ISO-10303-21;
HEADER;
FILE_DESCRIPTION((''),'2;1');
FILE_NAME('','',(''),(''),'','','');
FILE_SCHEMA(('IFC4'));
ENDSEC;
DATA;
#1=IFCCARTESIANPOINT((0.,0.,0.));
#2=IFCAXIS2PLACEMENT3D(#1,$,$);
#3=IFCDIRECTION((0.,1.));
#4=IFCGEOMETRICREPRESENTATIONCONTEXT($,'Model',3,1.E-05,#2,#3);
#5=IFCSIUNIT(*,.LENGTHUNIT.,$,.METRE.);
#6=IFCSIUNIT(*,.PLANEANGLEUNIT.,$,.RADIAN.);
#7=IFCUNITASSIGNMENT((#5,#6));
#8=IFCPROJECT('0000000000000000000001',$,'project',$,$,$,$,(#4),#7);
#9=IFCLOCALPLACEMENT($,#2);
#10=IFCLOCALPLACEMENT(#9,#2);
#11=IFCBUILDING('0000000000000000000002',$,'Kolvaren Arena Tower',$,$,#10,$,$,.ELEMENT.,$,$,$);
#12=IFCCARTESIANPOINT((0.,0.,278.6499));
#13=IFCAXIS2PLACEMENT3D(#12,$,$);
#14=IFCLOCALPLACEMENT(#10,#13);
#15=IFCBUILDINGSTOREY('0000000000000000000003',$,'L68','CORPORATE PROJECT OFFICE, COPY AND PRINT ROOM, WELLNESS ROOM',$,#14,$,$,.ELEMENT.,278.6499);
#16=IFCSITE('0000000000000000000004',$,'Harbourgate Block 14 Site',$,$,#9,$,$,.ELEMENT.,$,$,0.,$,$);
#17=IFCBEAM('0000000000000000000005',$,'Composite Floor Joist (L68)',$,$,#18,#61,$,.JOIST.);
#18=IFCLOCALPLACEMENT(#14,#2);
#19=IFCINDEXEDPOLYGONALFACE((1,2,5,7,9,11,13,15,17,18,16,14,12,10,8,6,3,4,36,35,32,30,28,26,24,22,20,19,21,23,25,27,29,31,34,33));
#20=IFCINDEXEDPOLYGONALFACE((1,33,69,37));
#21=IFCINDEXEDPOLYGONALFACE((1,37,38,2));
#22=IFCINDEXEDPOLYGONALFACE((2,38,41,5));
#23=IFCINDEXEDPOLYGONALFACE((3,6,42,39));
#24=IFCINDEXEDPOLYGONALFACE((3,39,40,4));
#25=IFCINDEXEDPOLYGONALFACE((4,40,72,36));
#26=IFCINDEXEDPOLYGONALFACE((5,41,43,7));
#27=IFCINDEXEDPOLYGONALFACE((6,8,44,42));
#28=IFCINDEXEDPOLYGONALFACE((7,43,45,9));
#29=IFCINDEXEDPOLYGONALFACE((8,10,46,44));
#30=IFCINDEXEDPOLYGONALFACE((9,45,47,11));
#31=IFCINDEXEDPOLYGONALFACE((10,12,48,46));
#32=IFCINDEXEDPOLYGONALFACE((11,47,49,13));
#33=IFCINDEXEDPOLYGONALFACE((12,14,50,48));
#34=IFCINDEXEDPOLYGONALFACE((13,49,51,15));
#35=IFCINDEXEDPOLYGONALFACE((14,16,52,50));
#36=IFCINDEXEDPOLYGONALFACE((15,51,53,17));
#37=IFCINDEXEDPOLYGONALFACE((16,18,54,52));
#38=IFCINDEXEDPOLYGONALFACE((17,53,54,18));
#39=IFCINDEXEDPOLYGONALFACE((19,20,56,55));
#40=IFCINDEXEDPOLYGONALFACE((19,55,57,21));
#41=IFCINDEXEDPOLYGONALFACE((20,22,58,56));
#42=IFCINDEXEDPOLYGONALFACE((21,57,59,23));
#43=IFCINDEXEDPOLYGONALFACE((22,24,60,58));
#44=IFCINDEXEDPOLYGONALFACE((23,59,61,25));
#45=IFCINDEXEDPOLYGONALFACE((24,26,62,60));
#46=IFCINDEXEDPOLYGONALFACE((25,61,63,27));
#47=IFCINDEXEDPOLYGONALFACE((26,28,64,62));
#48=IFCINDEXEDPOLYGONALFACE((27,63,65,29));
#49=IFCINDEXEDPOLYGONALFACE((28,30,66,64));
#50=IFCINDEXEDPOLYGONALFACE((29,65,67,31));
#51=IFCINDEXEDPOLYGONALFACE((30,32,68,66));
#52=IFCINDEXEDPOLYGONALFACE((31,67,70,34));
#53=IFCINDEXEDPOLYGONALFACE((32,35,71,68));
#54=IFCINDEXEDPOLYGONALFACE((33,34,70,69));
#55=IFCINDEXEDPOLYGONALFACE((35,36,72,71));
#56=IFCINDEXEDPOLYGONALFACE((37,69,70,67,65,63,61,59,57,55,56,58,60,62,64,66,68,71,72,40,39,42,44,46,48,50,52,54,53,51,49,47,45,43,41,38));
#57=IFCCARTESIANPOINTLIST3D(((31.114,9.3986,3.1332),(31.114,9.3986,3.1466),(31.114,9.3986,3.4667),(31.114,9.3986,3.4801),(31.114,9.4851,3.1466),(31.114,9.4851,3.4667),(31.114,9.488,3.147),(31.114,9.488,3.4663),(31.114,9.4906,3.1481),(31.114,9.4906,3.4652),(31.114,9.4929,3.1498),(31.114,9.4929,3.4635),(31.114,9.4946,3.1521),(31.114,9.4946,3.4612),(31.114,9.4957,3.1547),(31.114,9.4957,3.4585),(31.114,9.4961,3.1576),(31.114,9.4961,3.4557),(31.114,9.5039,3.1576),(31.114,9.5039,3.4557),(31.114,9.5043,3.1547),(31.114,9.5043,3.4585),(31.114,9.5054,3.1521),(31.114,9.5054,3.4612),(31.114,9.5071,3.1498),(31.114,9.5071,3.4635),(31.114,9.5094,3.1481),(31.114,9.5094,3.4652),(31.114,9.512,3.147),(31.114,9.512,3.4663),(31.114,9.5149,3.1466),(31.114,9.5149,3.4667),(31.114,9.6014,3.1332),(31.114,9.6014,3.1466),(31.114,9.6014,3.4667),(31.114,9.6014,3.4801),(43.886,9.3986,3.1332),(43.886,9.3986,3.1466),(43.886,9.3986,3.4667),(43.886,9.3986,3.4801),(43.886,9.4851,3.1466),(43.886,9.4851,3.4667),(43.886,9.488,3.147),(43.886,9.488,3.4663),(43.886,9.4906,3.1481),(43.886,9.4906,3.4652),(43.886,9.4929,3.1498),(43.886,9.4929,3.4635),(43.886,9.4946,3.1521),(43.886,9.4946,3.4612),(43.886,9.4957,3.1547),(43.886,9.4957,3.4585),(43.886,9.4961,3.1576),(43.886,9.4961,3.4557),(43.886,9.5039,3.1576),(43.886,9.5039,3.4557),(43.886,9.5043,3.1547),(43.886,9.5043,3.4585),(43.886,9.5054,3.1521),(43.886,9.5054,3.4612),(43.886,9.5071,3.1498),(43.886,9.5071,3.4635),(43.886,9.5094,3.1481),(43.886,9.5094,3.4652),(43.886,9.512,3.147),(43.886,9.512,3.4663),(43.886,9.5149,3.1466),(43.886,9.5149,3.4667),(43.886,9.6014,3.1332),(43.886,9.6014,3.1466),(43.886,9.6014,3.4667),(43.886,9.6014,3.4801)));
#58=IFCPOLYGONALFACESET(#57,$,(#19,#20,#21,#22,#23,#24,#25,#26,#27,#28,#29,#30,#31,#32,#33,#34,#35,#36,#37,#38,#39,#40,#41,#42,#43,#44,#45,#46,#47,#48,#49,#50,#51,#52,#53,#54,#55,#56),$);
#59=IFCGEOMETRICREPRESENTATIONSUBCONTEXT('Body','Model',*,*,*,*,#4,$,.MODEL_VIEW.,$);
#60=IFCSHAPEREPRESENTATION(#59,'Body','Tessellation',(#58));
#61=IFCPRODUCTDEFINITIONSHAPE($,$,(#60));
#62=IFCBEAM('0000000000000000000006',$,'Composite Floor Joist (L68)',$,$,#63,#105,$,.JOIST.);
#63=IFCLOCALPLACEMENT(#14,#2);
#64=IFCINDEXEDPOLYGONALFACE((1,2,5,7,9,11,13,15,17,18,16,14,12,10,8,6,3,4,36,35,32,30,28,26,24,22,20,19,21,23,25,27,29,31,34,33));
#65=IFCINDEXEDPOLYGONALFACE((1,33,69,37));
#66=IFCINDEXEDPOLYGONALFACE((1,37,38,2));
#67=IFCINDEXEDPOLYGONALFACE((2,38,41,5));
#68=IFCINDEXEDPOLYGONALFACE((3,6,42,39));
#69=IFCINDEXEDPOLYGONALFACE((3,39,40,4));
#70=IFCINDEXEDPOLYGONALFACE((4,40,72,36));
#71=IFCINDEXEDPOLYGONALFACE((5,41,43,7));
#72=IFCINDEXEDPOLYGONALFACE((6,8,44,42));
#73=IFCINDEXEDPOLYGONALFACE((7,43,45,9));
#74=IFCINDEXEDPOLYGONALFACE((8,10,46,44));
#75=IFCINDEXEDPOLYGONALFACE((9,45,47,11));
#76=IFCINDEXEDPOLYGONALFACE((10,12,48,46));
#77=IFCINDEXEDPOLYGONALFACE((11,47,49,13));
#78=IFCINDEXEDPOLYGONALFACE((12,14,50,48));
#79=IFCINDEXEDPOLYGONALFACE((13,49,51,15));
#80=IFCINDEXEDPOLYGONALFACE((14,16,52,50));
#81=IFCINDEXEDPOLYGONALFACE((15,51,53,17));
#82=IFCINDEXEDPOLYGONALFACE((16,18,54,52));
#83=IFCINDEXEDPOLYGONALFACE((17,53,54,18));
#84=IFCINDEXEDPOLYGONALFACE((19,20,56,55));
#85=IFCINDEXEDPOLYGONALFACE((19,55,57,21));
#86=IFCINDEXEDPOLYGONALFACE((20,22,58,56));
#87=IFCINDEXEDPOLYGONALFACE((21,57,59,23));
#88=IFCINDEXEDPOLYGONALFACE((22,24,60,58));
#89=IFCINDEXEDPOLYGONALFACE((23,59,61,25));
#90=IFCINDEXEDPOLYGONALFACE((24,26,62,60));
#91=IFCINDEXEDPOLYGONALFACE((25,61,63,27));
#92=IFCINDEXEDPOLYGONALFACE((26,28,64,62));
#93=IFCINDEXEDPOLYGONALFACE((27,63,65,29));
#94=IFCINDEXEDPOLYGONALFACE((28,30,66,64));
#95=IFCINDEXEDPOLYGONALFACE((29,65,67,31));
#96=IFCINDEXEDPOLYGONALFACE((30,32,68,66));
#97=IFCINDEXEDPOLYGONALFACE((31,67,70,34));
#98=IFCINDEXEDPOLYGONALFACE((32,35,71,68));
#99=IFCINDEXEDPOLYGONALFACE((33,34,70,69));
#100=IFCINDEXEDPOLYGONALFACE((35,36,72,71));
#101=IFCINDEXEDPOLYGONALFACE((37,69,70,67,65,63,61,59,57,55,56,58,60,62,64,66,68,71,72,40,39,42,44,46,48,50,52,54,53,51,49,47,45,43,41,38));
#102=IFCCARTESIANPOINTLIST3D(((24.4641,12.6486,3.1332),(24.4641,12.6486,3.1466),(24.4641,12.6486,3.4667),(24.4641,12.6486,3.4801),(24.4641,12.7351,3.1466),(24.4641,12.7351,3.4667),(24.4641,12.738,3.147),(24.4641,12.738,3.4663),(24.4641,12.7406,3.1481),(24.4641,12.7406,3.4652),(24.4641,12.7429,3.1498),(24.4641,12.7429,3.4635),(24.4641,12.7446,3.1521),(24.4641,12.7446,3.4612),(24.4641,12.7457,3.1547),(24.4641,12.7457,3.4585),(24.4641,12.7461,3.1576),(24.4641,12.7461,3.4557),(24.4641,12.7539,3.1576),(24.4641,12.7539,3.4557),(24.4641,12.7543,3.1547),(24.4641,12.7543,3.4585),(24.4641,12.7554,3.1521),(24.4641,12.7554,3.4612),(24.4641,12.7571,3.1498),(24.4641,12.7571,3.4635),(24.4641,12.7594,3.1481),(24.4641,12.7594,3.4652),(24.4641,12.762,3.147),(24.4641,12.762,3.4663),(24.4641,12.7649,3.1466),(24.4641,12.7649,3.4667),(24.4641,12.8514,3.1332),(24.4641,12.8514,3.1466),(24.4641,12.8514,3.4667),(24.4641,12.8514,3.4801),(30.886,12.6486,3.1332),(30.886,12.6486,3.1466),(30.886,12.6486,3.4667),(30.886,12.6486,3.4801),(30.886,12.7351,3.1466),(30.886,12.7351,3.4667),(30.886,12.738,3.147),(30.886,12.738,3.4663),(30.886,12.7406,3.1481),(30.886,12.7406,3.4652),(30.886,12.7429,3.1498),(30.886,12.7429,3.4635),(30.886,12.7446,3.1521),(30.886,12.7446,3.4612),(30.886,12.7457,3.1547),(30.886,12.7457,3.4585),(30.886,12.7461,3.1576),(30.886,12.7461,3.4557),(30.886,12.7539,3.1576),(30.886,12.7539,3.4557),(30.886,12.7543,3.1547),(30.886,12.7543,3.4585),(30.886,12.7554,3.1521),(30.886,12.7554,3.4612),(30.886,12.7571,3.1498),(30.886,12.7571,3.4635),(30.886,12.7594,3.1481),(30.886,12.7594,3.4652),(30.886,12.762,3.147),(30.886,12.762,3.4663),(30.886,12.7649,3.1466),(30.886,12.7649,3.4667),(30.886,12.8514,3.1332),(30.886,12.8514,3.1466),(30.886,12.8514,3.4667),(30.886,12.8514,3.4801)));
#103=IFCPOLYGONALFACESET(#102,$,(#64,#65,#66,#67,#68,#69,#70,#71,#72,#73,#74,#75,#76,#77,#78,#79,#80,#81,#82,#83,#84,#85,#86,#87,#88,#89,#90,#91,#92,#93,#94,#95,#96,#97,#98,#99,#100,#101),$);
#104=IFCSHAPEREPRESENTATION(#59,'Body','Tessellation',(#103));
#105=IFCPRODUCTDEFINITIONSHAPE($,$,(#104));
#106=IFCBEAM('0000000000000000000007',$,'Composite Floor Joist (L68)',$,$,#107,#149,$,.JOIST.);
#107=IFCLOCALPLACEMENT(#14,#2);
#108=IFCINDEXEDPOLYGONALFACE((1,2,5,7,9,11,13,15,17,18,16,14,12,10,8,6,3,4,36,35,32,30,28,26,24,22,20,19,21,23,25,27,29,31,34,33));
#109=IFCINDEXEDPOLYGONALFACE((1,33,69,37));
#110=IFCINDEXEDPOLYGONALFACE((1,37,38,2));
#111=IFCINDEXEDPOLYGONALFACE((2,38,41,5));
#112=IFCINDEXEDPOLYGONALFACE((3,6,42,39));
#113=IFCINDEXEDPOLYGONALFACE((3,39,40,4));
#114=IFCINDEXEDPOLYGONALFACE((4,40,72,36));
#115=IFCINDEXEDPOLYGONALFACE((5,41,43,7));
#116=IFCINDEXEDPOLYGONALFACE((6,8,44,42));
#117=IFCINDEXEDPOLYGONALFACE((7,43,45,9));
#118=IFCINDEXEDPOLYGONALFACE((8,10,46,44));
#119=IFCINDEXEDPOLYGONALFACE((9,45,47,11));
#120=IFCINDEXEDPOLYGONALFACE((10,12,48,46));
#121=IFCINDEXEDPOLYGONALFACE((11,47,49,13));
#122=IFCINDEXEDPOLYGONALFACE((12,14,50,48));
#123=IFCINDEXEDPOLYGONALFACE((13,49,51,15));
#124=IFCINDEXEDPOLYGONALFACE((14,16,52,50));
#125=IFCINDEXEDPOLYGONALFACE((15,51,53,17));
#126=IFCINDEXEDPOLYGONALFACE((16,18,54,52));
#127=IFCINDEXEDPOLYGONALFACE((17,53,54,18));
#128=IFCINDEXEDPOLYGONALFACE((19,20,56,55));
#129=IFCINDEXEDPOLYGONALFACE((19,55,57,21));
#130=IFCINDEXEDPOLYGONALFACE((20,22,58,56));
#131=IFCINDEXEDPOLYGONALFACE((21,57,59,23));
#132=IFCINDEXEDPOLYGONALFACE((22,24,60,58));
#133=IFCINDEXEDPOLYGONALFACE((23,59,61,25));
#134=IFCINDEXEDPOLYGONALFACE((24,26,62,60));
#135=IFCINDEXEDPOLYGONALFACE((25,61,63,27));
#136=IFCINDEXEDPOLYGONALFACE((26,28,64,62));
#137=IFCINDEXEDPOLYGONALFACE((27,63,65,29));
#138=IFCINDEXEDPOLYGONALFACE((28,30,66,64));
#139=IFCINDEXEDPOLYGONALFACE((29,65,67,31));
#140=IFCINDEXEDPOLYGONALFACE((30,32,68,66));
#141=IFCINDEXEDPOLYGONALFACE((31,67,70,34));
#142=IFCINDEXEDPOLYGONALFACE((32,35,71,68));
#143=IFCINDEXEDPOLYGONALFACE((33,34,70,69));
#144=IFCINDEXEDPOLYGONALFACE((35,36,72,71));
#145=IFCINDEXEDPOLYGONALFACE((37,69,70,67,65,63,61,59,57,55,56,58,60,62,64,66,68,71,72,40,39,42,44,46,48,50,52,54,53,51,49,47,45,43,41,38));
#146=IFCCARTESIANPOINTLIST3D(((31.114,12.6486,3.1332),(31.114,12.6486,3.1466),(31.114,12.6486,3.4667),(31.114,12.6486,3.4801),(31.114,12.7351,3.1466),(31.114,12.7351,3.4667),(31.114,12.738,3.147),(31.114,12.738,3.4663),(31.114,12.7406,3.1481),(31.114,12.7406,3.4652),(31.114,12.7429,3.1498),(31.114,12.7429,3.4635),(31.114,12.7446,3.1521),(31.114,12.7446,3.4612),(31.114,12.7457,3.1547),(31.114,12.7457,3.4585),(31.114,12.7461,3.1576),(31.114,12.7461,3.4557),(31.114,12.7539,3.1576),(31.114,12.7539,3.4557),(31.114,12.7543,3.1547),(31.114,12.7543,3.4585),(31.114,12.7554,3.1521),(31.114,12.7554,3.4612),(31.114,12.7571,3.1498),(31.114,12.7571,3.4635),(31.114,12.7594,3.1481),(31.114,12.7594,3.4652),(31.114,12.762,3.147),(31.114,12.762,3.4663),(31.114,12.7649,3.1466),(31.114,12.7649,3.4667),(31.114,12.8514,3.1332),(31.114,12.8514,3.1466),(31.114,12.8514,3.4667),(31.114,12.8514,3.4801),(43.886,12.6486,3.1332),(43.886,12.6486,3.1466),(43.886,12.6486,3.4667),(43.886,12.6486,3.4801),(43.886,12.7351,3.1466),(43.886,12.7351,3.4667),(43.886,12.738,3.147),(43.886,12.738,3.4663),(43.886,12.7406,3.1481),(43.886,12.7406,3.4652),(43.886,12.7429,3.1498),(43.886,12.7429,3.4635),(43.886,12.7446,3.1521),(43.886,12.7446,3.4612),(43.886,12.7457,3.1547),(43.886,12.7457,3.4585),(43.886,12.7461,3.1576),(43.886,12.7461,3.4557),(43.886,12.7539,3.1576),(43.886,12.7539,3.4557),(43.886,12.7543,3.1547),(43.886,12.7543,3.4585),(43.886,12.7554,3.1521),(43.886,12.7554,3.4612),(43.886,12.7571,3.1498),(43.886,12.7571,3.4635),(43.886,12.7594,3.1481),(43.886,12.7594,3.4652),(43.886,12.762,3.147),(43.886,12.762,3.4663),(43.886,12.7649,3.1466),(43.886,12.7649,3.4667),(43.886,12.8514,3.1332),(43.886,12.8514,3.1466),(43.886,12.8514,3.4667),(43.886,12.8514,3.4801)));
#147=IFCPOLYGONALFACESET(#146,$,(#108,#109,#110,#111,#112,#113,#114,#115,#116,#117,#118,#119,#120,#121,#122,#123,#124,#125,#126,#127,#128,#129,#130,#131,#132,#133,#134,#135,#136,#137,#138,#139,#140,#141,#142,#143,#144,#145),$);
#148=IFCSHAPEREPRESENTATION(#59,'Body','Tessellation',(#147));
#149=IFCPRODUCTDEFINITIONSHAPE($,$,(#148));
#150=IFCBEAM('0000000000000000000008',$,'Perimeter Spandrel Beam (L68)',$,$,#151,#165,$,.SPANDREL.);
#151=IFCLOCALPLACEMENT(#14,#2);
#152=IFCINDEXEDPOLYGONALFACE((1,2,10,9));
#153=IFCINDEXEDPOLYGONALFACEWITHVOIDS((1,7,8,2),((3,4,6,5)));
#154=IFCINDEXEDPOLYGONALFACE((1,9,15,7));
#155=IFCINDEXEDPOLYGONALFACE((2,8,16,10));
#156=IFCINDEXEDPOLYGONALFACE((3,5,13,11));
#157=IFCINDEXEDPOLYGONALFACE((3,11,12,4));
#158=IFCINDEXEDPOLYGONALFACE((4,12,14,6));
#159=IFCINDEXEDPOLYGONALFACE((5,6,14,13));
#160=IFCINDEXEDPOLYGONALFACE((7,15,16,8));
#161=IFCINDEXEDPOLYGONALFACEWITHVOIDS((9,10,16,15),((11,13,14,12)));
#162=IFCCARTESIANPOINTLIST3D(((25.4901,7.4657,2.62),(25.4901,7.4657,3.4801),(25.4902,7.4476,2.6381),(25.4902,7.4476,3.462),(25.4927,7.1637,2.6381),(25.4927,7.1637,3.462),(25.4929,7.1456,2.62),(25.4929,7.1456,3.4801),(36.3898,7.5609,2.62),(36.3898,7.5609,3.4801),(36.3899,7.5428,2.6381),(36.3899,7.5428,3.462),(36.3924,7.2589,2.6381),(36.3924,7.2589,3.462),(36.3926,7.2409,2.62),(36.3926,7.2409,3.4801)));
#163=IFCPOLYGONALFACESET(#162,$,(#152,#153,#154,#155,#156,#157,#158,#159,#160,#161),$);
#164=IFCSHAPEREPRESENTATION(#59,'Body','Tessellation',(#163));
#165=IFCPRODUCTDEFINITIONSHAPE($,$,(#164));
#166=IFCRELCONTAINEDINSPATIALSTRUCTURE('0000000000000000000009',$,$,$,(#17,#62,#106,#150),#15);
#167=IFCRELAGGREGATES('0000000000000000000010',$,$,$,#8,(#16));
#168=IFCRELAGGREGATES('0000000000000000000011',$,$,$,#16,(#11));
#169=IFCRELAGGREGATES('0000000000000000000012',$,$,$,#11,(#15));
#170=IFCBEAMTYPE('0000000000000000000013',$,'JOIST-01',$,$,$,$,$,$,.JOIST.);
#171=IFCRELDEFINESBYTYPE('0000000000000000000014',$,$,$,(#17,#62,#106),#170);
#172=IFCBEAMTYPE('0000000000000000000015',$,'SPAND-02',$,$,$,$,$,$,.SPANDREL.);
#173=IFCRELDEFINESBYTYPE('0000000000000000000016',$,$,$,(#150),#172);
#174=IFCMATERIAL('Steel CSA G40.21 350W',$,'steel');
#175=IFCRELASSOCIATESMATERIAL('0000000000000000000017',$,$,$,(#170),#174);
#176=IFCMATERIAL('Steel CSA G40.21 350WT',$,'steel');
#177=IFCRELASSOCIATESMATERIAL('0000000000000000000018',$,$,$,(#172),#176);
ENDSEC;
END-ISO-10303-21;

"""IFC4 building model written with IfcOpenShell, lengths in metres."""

from ifc_helpers import new_model, si_unit, direction, frame, origin, origin_2d, place, context, subcontext, project, spatial, hollow_rectangle, i_section, extrude, material, material_profile, profile_set, type_object, element, save


model = new_model("IFC4")

# Units and contexts
model_context = context("Model", 3, precision=1e-05, world=origin(), true_north=direction((0.0, 1.0)))
body_context = subcontext(model_context, "Body", "Model", "MODEL_VIEW")
ifc_project = project(units=[si_unit("LENGTHUNIT", "METRE"), si_unit("PLANEANGLEUNIT", "RADIAN")], contexts=[model_context])

# Site, building, storey
site_placement = place(None, origin())
site = spatial("IfcSite", under=ifc_project, at=site_placement, Name="Harbourgate Block 14 Site", CompositionType="ELEMENT", RefElevation=0.0)
building_placement = place(site_placement, origin())
building = spatial("IfcBuilding", under=site, at=building_placement, Name="Kolvaren Arena Tower", CompositionType="ELEMENT")
storey_placement = place(building_placement, frame((0.0, 0.0, 278.6499)))
storey = spatial("IfcBuildingStorey", under=building, at=storey_placement, Name="L68", Description="CORPORATE PROJECT OFFICE, COPY AND PRINT ROOM, WELLNESS ROOM", CompositionType="ELEMENT", Elevation=278.6499)

# Beams
ifc_material_1 = material(Name="Steel CSA G40.21 350W", Category="steel")
ifc_material_profile_1 = material_profile(ifc_material_1, i_section(OverallWidth=0.2029, OverallDepth=0.3469, WebThickness=0.0078, FlangeThickness=0.0134, FilletRadius=0.011, at=origin_2d()), Name="W360x64")
ifc_profile_set_1 = profile_set([ifc_material_profile_1], Name="Steel CSA G40.21 350W")
beam_type_1 = type_object("IfcBeamType", Name="JOIST-01", PredefinedType="JOIST", material=ifc_profile_set_1)
beam_1_placement = place(storey_placement, frame((31.114, 9.5, 3.3066), z_axis=(1.0, 0.0, 0.0), x_axis=(0.0, 1.0, 0.0)))
element("IfcBeam", 1, at=beam_1_placement, inside=storey, type_object=beam_type_1, Name="Composite Floor Joist (L68)", PredefinedType="JOIST", context=body_context, shape_type="SweptSolid", body=[
    extrude(i_section(OverallWidth=0.2029, OverallDepth=0.3469, WebThickness=0.0078, FlangeThickness=0.0134, FilletRadius=0.011, at=origin_2d()), origin(), (0.0, 0.0, 1.0), 12.772),
])
beam_2_placement = place(storey_placement, frame((24.4641, 12.75, 3.3066), z_axis=(1.0, 0.0, 0.0), x_axis=(0.0, 1.0, 0.0)))
element("IfcBeam", 2, at=beam_2_placement, inside=storey, type_object=beam_type_1, Name="Composite Floor Joist (L68)", PredefinedType="JOIST", context=body_context, shape_type="SweptSolid", body=[
    extrude(i_section(OverallWidth=0.2029, OverallDepth=0.3469, WebThickness=0.0078, FlangeThickness=0.0134, FilletRadius=0.011, at=origin_2d()), origin(), (0.0, 0.0, 1.0), 6.4219),
])
beam_3_placement = place(storey_placement, frame((31.114, 12.75, 3.3066), z_axis=(1.0, 0.0, 0.0), x_axis=(0.0, 1.0, 0.0)))
element("IfcBeam", 3, at=beam_3_placement, inside=storey, type_object=beam_type_1, Name="Composite Floor Joist (L68)", PredefinedType="JOIST", context=body_context, shape_type="SweptSolid", body=[
    extrude(i_section(OverallWidth=0.2029, OverallDepth=0.3469, WebThickness=0.0078, FlangeThickness=0.0134, FilletRadius=0.011, at=origin_2d()), origin(), (0.0, 0.0, 1.0), 12.772),
])
ifc_material_2 = material(Name="Steel CSA G40.21 350WT", Category="steel")
ifc_material_profile_2 = material_profile(ifc_material_2, hollow_rectangle(XDim=0.3201, YDim=0.8601, WallThickness=0.0181, at=origin_2d()), Name="HSS 860x320x18")
ifc_profile_set_2 = profile_set([ifc_material_profile_2], Name="Steel CSA G40.21 350WT")
beam_type_2 = type_object("IfcBeamType", Name="SPAND-02", PredefinedType="SPANDREL", material=ifc_profile_set_2)
beam_4_placement = place(storey_placement, frame((25.4915, 7.3057, 3.05), z_axis=(0.999962, 0.008735, 0.0), x_axis=(-0.008735, 0.999962, 0.0)))
element("IfcBeam", 4, at=beam_4_placement, inside=storey, type_object=beam_type_2, Name="Perimeter Spandrel Beam (L68)", PredefinedType="SPANDREL", context=body_context, shape_type="SweptSolid", body=[
    extrude(hollow_rectangle(XDim=0.3201, YDim=0.8601, WallThickness=0.0181, at=origin_2d()), origin(), (0.0, 0.0, 1.0), 10.9001),
])

save(model, "model.ifc")
